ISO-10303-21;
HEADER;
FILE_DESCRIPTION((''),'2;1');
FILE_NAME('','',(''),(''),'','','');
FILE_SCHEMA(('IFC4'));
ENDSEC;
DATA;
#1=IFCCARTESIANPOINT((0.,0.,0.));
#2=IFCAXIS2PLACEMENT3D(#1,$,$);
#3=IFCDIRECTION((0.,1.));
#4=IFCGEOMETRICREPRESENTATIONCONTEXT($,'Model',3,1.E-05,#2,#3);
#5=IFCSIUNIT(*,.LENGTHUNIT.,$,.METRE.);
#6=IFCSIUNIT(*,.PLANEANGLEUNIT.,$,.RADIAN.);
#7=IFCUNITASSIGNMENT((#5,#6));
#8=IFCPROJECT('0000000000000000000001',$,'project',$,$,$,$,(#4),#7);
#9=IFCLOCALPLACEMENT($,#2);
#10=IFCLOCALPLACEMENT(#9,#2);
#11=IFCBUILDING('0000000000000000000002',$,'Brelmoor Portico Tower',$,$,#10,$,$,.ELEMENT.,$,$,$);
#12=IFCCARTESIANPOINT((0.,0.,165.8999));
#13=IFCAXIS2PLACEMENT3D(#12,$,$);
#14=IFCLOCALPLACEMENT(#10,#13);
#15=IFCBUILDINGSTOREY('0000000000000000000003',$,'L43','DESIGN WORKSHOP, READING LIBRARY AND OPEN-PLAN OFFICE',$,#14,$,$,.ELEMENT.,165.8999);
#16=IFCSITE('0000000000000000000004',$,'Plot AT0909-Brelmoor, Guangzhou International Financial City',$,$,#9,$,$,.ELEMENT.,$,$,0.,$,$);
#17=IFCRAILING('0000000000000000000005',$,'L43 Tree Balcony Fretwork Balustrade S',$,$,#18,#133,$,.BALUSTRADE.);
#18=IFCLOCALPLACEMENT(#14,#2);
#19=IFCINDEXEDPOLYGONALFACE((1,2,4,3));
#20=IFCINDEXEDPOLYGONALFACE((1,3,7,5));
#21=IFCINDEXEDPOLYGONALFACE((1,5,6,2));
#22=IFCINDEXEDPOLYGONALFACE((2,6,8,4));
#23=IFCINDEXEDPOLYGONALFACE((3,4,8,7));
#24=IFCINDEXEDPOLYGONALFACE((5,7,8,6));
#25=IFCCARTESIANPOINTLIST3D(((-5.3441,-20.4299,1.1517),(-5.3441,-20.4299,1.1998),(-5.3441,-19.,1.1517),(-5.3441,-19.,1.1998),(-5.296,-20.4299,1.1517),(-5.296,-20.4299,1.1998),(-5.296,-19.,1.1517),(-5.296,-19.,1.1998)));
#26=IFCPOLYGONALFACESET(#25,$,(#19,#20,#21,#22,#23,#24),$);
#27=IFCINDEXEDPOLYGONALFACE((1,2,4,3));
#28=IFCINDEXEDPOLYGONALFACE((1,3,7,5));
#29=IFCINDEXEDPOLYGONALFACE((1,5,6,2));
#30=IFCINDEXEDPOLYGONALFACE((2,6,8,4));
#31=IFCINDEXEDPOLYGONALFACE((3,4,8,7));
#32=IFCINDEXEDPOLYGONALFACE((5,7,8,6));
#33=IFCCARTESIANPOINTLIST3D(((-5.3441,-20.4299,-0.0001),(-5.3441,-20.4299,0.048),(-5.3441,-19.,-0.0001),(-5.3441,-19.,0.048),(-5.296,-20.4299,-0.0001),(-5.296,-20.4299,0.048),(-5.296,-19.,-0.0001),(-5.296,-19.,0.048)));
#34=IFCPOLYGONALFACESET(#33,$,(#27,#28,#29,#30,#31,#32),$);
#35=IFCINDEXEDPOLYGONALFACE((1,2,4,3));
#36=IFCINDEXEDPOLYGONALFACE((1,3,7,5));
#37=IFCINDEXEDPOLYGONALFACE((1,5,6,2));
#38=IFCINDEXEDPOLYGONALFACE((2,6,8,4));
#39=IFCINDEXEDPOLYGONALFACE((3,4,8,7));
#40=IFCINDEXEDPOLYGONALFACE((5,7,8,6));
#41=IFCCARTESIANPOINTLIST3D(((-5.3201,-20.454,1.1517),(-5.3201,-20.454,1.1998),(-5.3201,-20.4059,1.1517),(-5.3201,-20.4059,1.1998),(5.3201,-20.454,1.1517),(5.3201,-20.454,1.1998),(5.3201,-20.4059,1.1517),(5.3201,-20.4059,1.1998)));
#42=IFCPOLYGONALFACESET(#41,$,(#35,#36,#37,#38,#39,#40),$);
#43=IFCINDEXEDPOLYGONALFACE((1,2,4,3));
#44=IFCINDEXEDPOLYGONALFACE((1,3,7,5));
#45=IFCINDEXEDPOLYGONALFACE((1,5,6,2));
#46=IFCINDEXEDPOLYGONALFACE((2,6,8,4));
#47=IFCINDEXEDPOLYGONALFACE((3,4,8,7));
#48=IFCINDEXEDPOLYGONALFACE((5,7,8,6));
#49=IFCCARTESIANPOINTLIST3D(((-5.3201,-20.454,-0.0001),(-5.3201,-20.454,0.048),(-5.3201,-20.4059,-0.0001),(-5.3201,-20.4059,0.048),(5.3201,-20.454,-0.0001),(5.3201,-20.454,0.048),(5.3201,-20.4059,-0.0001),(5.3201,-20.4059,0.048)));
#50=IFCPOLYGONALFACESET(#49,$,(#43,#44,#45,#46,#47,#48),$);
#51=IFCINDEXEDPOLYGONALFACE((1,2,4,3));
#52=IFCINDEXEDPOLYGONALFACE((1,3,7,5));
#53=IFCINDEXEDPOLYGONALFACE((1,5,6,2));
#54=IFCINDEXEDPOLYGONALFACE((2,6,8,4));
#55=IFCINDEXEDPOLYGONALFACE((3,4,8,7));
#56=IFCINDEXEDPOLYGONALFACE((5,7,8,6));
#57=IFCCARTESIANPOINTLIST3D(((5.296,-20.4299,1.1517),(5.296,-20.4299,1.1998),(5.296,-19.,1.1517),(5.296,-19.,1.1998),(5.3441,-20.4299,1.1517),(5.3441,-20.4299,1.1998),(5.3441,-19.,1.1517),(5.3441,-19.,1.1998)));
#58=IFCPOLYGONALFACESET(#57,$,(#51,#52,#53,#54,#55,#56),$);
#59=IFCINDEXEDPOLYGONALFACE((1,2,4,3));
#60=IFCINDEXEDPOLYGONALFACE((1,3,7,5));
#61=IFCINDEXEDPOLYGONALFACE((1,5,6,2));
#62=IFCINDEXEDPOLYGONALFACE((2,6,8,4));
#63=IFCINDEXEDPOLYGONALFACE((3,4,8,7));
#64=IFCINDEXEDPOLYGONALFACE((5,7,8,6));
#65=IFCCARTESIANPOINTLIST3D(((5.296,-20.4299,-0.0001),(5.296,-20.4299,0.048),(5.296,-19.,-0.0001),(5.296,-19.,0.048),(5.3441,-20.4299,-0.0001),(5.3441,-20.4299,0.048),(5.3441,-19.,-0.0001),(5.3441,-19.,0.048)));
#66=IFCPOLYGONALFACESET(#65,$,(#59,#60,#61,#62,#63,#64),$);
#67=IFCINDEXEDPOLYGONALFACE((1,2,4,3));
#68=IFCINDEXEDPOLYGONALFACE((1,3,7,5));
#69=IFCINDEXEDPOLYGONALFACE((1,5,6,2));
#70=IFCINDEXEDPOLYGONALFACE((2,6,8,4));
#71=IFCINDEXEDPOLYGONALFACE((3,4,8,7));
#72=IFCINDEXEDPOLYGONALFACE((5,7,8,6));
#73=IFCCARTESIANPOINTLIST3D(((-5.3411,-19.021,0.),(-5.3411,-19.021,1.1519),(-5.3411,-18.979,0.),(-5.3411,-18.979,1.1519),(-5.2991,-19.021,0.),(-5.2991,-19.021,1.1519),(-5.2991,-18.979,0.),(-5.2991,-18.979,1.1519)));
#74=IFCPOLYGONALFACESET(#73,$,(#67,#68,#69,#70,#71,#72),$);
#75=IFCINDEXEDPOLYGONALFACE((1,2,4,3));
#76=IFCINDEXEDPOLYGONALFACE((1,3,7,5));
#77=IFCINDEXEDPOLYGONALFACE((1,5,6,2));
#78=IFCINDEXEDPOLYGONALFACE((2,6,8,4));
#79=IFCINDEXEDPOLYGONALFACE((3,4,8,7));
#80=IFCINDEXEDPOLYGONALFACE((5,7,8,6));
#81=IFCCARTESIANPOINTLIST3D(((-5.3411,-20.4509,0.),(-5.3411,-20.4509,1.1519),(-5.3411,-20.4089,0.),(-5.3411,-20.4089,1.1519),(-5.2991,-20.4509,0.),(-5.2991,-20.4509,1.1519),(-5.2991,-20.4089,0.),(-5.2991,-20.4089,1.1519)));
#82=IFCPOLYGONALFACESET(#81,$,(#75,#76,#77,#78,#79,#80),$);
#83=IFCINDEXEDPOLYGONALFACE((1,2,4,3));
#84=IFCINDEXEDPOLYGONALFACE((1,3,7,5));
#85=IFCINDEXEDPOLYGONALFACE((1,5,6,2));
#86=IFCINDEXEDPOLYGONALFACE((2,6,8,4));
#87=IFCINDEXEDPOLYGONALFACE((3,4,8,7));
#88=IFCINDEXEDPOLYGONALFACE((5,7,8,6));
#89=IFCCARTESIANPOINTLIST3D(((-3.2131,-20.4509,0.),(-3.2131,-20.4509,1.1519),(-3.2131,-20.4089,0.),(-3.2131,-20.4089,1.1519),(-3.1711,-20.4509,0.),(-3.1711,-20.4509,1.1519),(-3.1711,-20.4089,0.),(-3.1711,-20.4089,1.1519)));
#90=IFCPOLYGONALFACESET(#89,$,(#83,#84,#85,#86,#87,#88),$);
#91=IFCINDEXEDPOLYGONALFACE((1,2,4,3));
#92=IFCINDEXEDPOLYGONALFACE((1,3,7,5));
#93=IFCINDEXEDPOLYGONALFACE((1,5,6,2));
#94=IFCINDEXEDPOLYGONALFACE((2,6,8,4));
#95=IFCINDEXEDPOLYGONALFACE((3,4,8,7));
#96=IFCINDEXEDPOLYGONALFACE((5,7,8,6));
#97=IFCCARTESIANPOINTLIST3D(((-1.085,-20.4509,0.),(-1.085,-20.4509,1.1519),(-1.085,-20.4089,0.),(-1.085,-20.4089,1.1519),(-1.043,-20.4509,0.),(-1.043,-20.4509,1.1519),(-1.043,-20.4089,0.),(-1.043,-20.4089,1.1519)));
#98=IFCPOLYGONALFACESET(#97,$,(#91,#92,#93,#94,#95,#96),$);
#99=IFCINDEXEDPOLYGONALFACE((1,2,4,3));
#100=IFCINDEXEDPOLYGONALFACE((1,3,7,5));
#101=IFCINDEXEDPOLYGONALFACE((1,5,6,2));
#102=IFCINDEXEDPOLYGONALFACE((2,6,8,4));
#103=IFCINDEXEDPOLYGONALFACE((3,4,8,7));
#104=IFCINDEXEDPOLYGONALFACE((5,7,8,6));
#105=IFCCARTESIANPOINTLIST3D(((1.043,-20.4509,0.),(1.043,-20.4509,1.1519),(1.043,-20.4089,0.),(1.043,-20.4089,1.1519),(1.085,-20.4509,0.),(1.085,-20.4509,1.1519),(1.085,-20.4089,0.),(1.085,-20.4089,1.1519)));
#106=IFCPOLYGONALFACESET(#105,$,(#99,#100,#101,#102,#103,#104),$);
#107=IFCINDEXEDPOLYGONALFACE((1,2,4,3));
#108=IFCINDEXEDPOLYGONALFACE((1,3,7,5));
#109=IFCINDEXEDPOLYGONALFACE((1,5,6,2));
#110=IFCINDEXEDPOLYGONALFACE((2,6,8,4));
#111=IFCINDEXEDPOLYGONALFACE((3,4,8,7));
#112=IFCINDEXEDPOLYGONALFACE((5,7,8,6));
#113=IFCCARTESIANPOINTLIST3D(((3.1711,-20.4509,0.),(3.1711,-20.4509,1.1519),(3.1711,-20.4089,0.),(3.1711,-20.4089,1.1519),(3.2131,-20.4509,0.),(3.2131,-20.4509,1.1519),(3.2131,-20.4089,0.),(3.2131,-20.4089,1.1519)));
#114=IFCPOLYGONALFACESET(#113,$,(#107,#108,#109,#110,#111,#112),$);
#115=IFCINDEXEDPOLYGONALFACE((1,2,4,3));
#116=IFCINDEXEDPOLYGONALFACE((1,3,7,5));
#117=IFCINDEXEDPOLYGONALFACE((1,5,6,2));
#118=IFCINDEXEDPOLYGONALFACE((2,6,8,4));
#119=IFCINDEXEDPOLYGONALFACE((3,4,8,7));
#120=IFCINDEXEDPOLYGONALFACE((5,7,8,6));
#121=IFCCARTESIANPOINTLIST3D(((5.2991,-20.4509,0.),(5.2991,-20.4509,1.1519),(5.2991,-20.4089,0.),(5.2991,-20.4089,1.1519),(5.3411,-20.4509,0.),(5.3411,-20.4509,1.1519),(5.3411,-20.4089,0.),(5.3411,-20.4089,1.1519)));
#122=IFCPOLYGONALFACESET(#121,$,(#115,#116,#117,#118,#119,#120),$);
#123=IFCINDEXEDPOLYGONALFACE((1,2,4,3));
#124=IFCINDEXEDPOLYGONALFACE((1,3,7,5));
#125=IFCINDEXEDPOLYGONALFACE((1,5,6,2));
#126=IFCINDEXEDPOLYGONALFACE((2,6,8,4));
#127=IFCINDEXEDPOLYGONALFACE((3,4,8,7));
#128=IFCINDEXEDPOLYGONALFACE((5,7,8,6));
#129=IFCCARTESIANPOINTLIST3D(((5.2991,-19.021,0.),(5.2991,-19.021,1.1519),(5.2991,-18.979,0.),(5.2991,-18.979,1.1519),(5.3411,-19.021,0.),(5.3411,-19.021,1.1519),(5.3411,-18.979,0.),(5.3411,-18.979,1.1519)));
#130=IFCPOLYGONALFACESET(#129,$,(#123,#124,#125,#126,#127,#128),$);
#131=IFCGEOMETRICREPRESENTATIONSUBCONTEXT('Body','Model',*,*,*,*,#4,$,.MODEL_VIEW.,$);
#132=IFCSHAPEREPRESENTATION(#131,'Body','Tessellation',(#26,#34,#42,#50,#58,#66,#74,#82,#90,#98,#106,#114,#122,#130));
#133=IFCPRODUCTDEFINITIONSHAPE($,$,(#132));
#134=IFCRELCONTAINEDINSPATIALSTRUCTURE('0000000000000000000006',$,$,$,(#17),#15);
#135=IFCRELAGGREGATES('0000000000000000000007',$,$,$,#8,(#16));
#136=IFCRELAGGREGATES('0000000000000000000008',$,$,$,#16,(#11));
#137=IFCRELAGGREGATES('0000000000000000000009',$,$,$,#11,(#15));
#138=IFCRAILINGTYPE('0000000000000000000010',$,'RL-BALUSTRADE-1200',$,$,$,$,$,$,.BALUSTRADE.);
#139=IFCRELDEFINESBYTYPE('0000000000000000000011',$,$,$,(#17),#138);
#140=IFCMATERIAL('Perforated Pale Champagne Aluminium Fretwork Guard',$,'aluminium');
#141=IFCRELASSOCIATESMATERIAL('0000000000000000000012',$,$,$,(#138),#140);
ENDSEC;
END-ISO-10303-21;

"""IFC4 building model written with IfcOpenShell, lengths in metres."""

from ifc_helpers import new_model, si_unit, direction, frame, origin, origin_2d, place, context, subcontext, project, spatial, rectangle, extrude, material, type_object, element, save


model = new_model("IFC4")

# Units and contexts
model_context = context("Model", 3, precision=1e-05, world=origin(), true_north=direction((0.0, 1.0)))
body_context = subcontext(model_context, "Body", "Model", "MODEL_VIEW")
ifc_project = project(units=[si_unit("LENGTHUNIT", "METRE"), si_unit("PLANEANGLEUNIT", "RADIAN")], contexts=[model_context])

# Site, building, storey
site_placement = place(None, origin())
site = spatial("IfcSite", under=ifc_project, at=site_placement, Name="Plot AT0909-Brelmoor, Guangzhou International Financial City", CompositionType="ELEMENT", RefElevation=0.0)
building_placement = place(site_placement, origin())
building = spatial("IfcBuilding", under=site, at=building_placement, Name="Brelmoor Portico Tower", CompositionType="ELEMENT")
storey_placement = place(building_placement, frame((0.0, 0.0, 165.8999)))
storey = spatial("IfcBuildingStorey", under=building, at=storey_placement, Name="L43", Description="DESIGN WORKSHOP, READING LIBRARY AND OPEN-PLAN OFFICE", CompositionType="ELEMENT", Elevation=165.8999)

# Railing
ifc_material_1 = material(Name="Perforated Pale Champagne Aluminium Fretwork Guard", Category="aluminium")
railing_type = type_object("IfcRailingType", Name="RL-BALUSTRADE-1200", PredefinedType="BALUSTRADE", material=ifc_material_1)
railing_placement = place(storey_placement, frame((-5.3201, -19.0, 0.0)))
element("IfcRailing", 1, at=railing_placement, inside=storey, type_object=railing_type, Name="L43 Tree Balcony Fretwork Balustrade S", PredefinedType="BALUSTRADE", context=body_context, shape_type="SweptSolid", body=[
    extrude(rectangle(XDim=0.0481, YDim=0.0481, at=origin_2d()), frame((0.0, 0.0, 1.1758), z_axis=(0.0, -1.0, 0.0), x_axis=(1.0, 0.0, 0.0)), (0.0, 0.0, 1.0), 1.4299),
    extrude(rectangle(XDim=0.0481, YDim=0.0481, at=origin_2d()), frame((0.0, 0.0, 0.0239), z_axis=(0.0, -1.0, 0.0), x_axis=(1.0, 0.0, 0.0)), (0.0, 0.0, 1.0), 1.4299),
    extrude(rectangle(XDim=0.0481, YDim=0.0481, at=origin_2d()), frame((0.0, -1.4299, 1.1758), z_axis=(1.0, 0.0, 0.0), x_axis=(0.0, 1.0, 0.0)), (0.0, 0.0, 1.0), 10.6401),
    extrude(rectangle(XDim=0.0481, YDim=0.0481, at=origin_2d()), frame((0.0, -1.4299, 0.0239), z_axis=(1.0, 0.0, 0.0), x_axis=(0.0, 1.0, 0.0)), (0.0, 0.0, 1.0), 10.6401),
    extrude(rectangle(XDim=0.0481, YDim=0.0481, at=origin_2d()), frame((10.6401, -1.4299, 1.1758), z_axis=(0.0, 1.0, 0.0), x_axis=(-1.0, 0.0, 0.0)), (0.0, 0.0, 1.0), 1.4299),
    extrude(rectangle(XDim=0.0481, YDim=0.0481, at=origin_2d()), frame((10.6401, -1.4299, 0.0239), z_axis=(0.0, 1.0, 0.0), x_axis=(-1.0, 0.0, 0.0)), (0.0, 0.0, 1.0), 1.4299),
    extrude(rectangle(XDim=0.042, YDim=0.042, at=origin_2d()), origin(), (0.0, 0.0, 1.0), 1.1519),
    extrude(rectangle(XDim=0.042, YDim=0.042, at=origin_2d()), frame((0.0, -1.4299, 0.0)), (0.0, 0.0, 1.0), 1.1519),
    extrude(rectangle(XDim=0.042, YDim=0.042, at=origin_2d()), frame((2.1279, -1.4299, 0.0)), (0.0, 0.0, 1.0), 1.1519),
    extrude(rectangle(XDim=0.042, YDim=0.042, at=origin_2d()), frame((4.2561, -1.4299, 0.0)), (0.0, 0.0, 1.0), 1.1519),
    extrude(rectangle(XDim=0.042, YDim=0.042, at=origin_2d()), frame((6.384, -1.4299, 0.0)), (0.0, 0.0, 1.0), 1.1519),
    extrude(rectangle(XDim=0.042, YDim=0.042, at=origin_2d()), frame((8.5122, -1.4299, 0.0)), (0.0, 0.0, 1.0), 1.1519),
    extrude(rectangle(XDim=0.042, YDim=0.042, at=origin_2d()), frame((10.6401, -1.4299, 0.0)), (0.0, 0.0, 1.0), 1.1519),
    extrude(rectangle(XDim=0.042, YDim=0.042, at=origin_2d()), frame((10.6401, 0.0, 0.0)), (0.0, 0.0, 1.0), 1.1519),
])

save(model, "model.ifc")
